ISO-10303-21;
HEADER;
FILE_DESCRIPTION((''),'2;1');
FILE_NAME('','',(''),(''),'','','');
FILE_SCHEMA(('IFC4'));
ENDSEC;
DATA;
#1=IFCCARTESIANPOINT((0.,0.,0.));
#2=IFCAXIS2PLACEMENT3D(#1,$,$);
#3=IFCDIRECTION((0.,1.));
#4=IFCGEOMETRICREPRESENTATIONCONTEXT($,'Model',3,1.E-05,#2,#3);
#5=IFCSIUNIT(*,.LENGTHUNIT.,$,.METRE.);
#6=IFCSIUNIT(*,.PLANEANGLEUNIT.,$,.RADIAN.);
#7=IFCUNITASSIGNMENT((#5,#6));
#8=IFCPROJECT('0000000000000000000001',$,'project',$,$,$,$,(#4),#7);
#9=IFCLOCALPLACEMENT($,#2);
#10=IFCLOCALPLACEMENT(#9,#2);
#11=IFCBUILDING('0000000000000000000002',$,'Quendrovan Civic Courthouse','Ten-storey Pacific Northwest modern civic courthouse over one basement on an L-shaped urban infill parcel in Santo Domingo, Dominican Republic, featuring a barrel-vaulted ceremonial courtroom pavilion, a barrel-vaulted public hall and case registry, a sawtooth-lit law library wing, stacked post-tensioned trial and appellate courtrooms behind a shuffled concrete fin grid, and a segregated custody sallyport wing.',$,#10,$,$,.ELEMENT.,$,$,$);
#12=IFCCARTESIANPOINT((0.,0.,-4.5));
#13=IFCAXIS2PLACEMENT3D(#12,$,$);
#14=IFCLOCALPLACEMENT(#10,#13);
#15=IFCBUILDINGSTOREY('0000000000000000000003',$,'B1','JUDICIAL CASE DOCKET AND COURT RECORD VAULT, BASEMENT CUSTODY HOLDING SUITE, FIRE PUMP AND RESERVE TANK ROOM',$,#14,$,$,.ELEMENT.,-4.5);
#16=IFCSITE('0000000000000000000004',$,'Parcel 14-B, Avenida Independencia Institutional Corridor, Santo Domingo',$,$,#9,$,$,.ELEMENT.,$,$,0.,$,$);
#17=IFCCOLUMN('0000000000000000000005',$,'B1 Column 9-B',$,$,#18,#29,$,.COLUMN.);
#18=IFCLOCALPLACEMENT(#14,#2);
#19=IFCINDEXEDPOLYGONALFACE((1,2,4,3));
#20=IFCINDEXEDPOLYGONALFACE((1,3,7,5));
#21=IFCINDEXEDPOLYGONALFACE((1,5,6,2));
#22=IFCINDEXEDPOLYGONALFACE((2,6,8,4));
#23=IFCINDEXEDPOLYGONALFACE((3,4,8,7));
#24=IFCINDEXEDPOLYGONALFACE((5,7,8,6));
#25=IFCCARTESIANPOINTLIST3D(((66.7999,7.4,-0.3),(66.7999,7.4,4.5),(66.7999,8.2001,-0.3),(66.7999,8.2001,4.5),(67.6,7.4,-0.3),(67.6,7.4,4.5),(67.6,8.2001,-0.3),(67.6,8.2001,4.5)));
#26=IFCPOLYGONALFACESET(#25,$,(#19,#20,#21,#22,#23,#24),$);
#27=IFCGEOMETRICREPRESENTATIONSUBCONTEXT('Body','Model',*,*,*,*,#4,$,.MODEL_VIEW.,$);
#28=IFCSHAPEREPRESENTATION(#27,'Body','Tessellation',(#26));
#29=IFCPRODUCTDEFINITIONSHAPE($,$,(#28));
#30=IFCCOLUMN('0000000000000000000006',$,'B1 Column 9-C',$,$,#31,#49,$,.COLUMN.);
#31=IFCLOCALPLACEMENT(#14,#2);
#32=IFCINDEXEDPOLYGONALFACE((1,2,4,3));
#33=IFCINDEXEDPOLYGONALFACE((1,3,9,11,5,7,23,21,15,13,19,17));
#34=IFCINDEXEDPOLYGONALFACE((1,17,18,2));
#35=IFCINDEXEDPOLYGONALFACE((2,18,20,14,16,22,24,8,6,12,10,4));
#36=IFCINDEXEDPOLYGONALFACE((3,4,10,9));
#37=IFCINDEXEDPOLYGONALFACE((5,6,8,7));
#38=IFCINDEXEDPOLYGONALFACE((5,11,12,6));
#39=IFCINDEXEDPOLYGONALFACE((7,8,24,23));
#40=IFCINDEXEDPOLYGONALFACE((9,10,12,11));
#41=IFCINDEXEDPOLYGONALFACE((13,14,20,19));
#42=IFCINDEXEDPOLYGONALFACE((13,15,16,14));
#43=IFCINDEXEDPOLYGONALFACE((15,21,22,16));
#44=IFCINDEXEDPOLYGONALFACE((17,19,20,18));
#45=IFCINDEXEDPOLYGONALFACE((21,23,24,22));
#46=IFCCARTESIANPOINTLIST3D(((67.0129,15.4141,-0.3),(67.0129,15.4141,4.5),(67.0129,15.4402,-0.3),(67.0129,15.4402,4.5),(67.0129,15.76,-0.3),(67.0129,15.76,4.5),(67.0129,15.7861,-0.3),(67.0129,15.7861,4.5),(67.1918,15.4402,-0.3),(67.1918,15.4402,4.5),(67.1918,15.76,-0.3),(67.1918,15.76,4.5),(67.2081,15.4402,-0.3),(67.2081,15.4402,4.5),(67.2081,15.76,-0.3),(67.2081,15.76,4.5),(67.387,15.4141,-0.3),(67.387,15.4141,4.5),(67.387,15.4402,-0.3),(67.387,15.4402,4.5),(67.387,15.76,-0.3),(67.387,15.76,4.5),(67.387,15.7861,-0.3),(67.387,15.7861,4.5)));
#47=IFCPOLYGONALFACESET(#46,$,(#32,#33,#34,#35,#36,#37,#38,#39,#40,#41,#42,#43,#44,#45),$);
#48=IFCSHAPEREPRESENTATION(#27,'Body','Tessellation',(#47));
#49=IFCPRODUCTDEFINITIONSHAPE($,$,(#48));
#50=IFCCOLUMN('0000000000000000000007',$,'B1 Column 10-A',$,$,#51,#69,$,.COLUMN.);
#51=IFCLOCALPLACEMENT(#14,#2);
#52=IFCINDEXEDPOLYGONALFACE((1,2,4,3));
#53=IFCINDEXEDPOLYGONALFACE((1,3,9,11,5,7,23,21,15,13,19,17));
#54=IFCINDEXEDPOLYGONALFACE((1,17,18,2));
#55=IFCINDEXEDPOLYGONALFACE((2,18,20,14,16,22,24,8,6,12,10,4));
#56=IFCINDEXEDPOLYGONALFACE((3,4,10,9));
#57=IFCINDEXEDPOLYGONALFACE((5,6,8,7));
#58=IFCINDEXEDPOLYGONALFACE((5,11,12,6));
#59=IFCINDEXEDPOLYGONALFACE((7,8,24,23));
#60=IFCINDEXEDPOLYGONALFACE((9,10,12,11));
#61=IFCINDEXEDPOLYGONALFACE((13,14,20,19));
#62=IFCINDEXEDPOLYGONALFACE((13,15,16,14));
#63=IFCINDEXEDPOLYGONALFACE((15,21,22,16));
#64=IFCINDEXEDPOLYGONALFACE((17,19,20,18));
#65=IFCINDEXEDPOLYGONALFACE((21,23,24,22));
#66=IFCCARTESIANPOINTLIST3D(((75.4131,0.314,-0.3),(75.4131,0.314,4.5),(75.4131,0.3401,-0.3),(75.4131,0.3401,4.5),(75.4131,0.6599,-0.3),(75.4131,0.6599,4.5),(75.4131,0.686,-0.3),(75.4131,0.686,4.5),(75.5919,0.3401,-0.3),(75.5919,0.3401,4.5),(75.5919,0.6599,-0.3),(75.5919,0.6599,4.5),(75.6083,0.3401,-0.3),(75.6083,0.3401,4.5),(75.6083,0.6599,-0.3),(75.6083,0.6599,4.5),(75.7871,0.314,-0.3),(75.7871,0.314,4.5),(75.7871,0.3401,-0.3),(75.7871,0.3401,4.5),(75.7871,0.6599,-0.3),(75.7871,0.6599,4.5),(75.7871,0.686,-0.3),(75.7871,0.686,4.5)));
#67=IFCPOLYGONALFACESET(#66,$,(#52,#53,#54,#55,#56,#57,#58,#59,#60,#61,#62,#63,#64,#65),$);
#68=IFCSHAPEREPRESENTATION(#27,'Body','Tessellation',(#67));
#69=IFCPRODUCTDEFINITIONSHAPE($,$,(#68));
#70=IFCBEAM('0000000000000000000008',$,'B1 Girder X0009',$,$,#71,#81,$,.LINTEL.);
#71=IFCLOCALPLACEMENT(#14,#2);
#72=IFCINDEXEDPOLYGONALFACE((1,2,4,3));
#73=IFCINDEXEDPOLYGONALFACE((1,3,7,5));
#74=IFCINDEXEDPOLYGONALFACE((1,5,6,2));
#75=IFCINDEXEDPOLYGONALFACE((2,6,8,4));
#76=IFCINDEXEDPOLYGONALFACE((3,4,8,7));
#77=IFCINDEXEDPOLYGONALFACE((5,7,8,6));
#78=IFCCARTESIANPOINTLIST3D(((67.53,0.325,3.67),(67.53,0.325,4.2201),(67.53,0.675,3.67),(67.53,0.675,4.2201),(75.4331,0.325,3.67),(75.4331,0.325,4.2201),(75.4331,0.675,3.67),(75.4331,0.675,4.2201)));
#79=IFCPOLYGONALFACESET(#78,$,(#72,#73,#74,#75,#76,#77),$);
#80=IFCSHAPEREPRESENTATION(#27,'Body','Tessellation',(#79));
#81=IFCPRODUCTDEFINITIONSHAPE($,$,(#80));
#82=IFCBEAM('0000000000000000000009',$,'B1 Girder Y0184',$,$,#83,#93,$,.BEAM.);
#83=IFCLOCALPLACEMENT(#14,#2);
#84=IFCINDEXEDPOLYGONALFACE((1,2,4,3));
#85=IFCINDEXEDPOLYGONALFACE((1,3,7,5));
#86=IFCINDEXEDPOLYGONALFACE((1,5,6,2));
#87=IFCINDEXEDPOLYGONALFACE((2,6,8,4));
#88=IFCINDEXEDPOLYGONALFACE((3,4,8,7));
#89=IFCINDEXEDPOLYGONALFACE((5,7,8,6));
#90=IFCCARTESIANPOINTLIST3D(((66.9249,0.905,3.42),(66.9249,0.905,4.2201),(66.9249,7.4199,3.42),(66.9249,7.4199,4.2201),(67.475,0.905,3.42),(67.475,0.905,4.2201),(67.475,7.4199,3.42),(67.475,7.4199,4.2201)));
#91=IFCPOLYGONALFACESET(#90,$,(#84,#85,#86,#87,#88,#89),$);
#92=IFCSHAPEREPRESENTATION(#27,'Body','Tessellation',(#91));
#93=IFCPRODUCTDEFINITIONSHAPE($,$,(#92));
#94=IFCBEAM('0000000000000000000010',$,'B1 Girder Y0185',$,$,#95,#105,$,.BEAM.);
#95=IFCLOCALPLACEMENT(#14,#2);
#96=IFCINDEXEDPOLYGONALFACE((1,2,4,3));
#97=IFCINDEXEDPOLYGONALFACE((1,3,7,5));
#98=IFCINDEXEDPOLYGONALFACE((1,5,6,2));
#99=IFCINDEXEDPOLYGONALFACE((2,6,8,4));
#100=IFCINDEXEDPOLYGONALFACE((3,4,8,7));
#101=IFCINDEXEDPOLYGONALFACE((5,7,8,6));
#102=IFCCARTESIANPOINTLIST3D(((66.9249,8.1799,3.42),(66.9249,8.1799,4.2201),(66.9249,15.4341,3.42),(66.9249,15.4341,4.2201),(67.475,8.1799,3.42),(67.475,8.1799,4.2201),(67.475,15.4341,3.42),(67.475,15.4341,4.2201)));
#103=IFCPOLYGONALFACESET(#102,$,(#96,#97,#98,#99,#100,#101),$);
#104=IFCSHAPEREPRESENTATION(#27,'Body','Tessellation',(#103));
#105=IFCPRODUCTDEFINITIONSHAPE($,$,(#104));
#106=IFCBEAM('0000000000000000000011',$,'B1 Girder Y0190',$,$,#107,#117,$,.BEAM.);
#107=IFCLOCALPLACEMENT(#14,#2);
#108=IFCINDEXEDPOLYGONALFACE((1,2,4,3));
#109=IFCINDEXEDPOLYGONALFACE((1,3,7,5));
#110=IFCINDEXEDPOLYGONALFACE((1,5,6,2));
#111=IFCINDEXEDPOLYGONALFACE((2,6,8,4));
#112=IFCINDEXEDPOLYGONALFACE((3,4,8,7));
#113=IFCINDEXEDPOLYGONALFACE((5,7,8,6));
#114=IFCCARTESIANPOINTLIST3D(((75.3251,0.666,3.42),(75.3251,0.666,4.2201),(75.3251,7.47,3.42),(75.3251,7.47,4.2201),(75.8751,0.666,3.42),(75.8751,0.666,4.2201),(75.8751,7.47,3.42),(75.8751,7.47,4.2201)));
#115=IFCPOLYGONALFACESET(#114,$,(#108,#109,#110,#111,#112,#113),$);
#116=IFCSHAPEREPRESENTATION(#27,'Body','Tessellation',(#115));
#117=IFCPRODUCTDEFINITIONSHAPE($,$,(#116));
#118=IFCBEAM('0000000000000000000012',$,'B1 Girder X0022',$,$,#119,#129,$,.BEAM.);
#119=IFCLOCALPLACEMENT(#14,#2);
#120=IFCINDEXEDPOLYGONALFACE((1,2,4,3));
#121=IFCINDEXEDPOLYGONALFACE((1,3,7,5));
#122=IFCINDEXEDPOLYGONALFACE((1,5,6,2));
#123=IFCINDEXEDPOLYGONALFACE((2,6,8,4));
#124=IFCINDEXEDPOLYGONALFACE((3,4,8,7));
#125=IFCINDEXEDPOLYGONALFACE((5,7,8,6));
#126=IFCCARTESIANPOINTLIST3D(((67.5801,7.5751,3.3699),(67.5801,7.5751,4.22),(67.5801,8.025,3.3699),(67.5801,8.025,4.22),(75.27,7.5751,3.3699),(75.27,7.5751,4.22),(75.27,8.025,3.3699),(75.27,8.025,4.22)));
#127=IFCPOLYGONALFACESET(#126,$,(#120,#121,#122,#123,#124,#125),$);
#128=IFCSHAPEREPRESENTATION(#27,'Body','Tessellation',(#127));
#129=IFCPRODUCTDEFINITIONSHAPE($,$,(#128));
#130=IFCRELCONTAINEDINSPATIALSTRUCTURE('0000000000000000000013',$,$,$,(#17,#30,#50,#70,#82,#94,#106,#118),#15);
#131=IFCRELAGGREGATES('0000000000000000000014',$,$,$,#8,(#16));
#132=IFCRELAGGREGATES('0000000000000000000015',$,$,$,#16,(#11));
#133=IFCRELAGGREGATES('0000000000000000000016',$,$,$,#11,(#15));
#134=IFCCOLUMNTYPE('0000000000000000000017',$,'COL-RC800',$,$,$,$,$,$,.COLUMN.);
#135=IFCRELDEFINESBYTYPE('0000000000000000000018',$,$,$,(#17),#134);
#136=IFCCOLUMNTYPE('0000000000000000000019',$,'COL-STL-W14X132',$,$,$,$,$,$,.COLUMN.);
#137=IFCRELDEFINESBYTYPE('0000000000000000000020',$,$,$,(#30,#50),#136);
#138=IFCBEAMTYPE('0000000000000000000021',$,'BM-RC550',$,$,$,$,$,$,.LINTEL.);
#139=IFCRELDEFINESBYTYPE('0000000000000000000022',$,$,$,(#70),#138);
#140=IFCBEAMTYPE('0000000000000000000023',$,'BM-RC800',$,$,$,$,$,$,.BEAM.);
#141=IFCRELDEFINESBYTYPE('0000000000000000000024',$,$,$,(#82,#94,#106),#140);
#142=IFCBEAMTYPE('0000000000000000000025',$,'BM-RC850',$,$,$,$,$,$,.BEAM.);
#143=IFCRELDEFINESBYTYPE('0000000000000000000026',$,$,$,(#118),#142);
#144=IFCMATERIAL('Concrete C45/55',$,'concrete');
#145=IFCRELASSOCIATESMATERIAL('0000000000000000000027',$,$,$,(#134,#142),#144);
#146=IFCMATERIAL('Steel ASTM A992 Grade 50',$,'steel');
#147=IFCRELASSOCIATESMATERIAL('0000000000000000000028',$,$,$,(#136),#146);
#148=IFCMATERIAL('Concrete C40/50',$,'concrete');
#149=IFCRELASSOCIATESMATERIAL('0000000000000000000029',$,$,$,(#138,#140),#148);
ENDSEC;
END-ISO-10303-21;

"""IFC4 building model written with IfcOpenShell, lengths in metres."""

from ifc_helpers import new_model, si_unit, direction, frame, origin, origin_2d, place, context, subcontext, project, spatial, rectangle, i_section, extrude, material, material_profile, profile_set, type_object, element, save


model = new_model("IFC4")

# Units and contexts
model_context = context("Model", 3, precision=1e-05, world=origin(), true_north=direction((0.0, 1.0)))
body_context = subcontext(model_context, "Body", "Model", "MODEL_VIEW")
ifc_project = project(units=[si_unit("LENGTHUNIT", "METRE"), si_unit("PLANEANGLEUNIT", "RADIAN")], contexts=[model_context])

# Site, building, storey
site_placement = place(None, origin())
site = spatial("IfcSite", under=ifc_project, at=site_placement, Name="Parcel 14-B, Avenida Independencia Institutional Corridor, Santo Domingo", CompositionType="ELEMENT", RefElevation=0.0)
building_placement = place(site_placement, origin())
building = spatial("IfcBuilding", under=site, at=building_placement, Name="Quendrovan Civic Courthouse", Description="Ten-storey Pacific Northwest modern civic courthouse over one basement on an L-shaped urban infill parcel in Santo Domingo, Dominican Republic, featuring a barrel-vaulted ceremonial courtroom pavilion, a barrel-vaulted public hall and case registry, a sawtooth-lit law library wing, stacked post-tensioned trial and appellate courtrooms behind a shuffled concrete fin grid, and a segregated custody sallyport wing.", CompositionType="ELEMENT")
storey_placement = place(building_placement, frame((0.0, 0.0, -4.5)))
storey = spatial("IfcBuildingStorey", under=building, at=storey_placement, Name="B1", Description="JUDICIAL CASE DOCKET AND COURT RECORD VAULT, BASEMENT CUSTODY HOLDING SUITE, FIRE PUMP AND RESERVE TANK ROOM", CompositionType="ELEMENT", Elevation=-4.5)

# Columns
ifc_material_1 = material(Name="Concrete C40/50", Category="concrete")
ifc_material_2 = material(Name="Concrete C45/55", Category="concrete")
ifc_material_profile_1 = material_profile(ifc_material_2, rectangle(XDim=0.8, YDim=0.8, at=origin_2d()), Name="RC-COL-800x800")
ifc_profile_set_1 = profile_set([ifc_material_profile_1], Name="Concrete C45/55")
column_type_1 = type_object("IfcColumnType", Name="COL-RC800", PredefinedType="COLUMN", material=ifc_profile_set_1)
column_1_placement = place(storey_placement, frame((67.2, 7.8, -0.3), z_axis=(0.0, 0.0, 1.0), x_axis=(1.0, 0.0, 0.0)))
element("IfcColumn", 1, at=column_1_placement, inside=storey, type_object=column_type_1, Name="B1 Column 9-B", PredefinedType="COLUMN", context=body_context, shape_type="SweptSolid", body=[
    extrude(rectangle(XDim=0.8, YDim=0.8, at=origin_2d()), origin(), (0.0, 0.0, 1.0), 4.8),
])
ifc_material_3 = material(Name="Steel ASTM A992 Grade 50", Category="steel")
ifc_material_profile_2 = material_profile(ifc_material_3, i_section(OverallWidth=0.374, OverallDepth=0.3721, WebThickness=0.0164, FlangeThickness=0.0261, at=origin_2d()), Name="W14X132")
ifc_profile_set_2 = profile_set([ifc_material_profile_2], Name="Steel ASTM A992 Grade 50")
column_type_2 = type_object("IfcColumnType", Name="COL-STL-W14X132", PredefinedType="COLUMN", material=ifc_profile_set_2)
for number, where, z_axis, x_axis, name in (
    (2, (67.2, 15.6001, -0.3), (0.0, 0.0, 1.0), (1.0, 0.0, 0.0), "B1 Column 9-C"),
    (3, (75.6001, 0.5, -0.3), (0.0, 0.0, 1.0), (1.0, 0.0, 0.0), "B1 Column 10-A"),
):
    element("IfcColumn", number, at=place(storey_placement, frame(where, z_axis=z_axis, x_axis=x_axis)), inside=storey, type_object=column_type_2, Name=name, PredefinedType="COLUMN", context=body_context, shape_type="SweptSolid", body=[
        extrude(i_section(OverallWidth=0.374, OverallDepth=0.3721, WebThickness=0.0164, FlangeThickness=0.0261, at=origin_2d()), origin(), (0.0, 0.0, 1.0), 4.8),
    ])

# Beams
ifc_material_profile_3 = material_profile(ifc_material_1, rectangle(XDim=0.3501, YDim=0.55, at=origin_2d()), Name="RC-BM-350x550")
ifc_profile_set_3 = profile_set([ifc_material_profile_3], Name="Concrete C40/50")
beam_type_1 = type_object("IfcBeamType", Name="BM-RC550", PredefinedType="LINTEL", material=ifc_profile_set_3)
beam_1_placement = place(storey_placement, frame((67.53, 0.5, 3.9451), z_axis=(1.0, 0.0, 0.0), x_axis=(0.0, 1.0, 0.0)))
element("IfcBeam", 4, at=beam_1_placement, inside=storey, type_object=beam_type_1, Name="B1 Girder X0009", PredefinedType="LINTEL", context=body_context, shape_type="SweptSolid", body=[
    extrude(rectangle(XDim=0.3501, YDim=0.55, at=origin_2d()), origin(), (0.0, 0.0, 1.0), 7.9031),
])
ifc_material_profile_4 = material_profile(ifc_material_1, rectangle(XDim=0.55, YDim=0.8, at=origin_2d()), Name="RC-BM-550x800")
ifc_profile_set_4 = profile_set([ifc_material_profile_4], Name="Concrete C40/50")
beam_type_2 = type_object("IfcBeamType", Name="BM-RC800", PredefinedType="BEAM", material=ifc_profile_set_4)
beam_2_placement = place(storey_placement, frame((67.2, 0.905, 3.8201), z_axis=(0.0, 1.0, 0.0), x_axis=(-1.0, 0.0, 0.0)))
element("IfcBeam", 5, at=beam_2_placement, inside=storey, type_object=beam_type_2, Name="B1 Girder Y0184", PredefinedType="BEAM", context=body_context, shape_type="SweptSolid", body=[
    extrude(rectangle(XDim=0.55, YDim=0.8, at=origin_2d()), origin(), (0.0, 0.0, 1.0), 6.5149),
])
beam_3_placement = place(storey_placement, frame((67.2, 8.1799, 3.8201), z_axis=(0.0, 1.0, 0.0), x_axis=(-1.0, 0.0, 0.0)))
element("IfcBeam", 6, at=beam_3_placement, inside=storey, type_object=beam_type_2, Name="B1 Girder Y0185", PredefinedType="BEAM", context=body_context, shape_type="SweptSolid", body=[
    extrude(rectangle(XDim=0.55, YDim=0.8, at=origin_2d()), origin(), (0.0, 0.0, 1.0), 7.2542),
])
beam_4_placement = place(storey_placement, frame((75.6001, 0.666, 3.8201), z_axis=(0.0, 1.0, 0.0), x_axis=(-1.0, 0.0, 0.0)))
element("IfcBeam", 7, at=beam_4_placement, inside=storey, type_object=beam_type_2, Name="B1 Girder Y0190", PredefinedType="BEAM", context=body_context, shape_type="SweptSolid", body=[
    extrude(rectangle(XDim=0.55, YDim=0.8, at=origin_2d()), origin(), (0.0, 0.0, 1.0), 6.804),
])
ifc_material_profile_5 = material_profile(ifc_material_2, rectangle(XDim=0.45, YDim=0.8501, at=origin_2d()), Name="RC-BM-450x850")
ifc_profile_set_5 = profile_set([ifc_material_profile_5], Name="Concrete C45/55")
beam_type_3 = type_object("IfcBeamType", Name="BM-RC850", PredefinedType="BEAM", material=ifc_profile_set_5)
beam_5_placement = place(storey_placement, frame((67.5801, 7.8, 3.7949), z_axis=(1.0, 0.0, 0.0), x_axis=(0.0, 1.0, 0.0)))
element("IfcBeam", 8, at=beam_5_placement, inside=storey, type_object=beam_type_3, Name="B1 Girder X0022", PredefinedType="BEAM", context=body_context, shape_type="SweptSolid", body=[
    extrude(rectangle(XDim=0.45, YDim=0.8501, at=origin_2d()), origin(), (0.0, 0.0, 1.0), 7.6899),
])

save(model, "model.ifc")
